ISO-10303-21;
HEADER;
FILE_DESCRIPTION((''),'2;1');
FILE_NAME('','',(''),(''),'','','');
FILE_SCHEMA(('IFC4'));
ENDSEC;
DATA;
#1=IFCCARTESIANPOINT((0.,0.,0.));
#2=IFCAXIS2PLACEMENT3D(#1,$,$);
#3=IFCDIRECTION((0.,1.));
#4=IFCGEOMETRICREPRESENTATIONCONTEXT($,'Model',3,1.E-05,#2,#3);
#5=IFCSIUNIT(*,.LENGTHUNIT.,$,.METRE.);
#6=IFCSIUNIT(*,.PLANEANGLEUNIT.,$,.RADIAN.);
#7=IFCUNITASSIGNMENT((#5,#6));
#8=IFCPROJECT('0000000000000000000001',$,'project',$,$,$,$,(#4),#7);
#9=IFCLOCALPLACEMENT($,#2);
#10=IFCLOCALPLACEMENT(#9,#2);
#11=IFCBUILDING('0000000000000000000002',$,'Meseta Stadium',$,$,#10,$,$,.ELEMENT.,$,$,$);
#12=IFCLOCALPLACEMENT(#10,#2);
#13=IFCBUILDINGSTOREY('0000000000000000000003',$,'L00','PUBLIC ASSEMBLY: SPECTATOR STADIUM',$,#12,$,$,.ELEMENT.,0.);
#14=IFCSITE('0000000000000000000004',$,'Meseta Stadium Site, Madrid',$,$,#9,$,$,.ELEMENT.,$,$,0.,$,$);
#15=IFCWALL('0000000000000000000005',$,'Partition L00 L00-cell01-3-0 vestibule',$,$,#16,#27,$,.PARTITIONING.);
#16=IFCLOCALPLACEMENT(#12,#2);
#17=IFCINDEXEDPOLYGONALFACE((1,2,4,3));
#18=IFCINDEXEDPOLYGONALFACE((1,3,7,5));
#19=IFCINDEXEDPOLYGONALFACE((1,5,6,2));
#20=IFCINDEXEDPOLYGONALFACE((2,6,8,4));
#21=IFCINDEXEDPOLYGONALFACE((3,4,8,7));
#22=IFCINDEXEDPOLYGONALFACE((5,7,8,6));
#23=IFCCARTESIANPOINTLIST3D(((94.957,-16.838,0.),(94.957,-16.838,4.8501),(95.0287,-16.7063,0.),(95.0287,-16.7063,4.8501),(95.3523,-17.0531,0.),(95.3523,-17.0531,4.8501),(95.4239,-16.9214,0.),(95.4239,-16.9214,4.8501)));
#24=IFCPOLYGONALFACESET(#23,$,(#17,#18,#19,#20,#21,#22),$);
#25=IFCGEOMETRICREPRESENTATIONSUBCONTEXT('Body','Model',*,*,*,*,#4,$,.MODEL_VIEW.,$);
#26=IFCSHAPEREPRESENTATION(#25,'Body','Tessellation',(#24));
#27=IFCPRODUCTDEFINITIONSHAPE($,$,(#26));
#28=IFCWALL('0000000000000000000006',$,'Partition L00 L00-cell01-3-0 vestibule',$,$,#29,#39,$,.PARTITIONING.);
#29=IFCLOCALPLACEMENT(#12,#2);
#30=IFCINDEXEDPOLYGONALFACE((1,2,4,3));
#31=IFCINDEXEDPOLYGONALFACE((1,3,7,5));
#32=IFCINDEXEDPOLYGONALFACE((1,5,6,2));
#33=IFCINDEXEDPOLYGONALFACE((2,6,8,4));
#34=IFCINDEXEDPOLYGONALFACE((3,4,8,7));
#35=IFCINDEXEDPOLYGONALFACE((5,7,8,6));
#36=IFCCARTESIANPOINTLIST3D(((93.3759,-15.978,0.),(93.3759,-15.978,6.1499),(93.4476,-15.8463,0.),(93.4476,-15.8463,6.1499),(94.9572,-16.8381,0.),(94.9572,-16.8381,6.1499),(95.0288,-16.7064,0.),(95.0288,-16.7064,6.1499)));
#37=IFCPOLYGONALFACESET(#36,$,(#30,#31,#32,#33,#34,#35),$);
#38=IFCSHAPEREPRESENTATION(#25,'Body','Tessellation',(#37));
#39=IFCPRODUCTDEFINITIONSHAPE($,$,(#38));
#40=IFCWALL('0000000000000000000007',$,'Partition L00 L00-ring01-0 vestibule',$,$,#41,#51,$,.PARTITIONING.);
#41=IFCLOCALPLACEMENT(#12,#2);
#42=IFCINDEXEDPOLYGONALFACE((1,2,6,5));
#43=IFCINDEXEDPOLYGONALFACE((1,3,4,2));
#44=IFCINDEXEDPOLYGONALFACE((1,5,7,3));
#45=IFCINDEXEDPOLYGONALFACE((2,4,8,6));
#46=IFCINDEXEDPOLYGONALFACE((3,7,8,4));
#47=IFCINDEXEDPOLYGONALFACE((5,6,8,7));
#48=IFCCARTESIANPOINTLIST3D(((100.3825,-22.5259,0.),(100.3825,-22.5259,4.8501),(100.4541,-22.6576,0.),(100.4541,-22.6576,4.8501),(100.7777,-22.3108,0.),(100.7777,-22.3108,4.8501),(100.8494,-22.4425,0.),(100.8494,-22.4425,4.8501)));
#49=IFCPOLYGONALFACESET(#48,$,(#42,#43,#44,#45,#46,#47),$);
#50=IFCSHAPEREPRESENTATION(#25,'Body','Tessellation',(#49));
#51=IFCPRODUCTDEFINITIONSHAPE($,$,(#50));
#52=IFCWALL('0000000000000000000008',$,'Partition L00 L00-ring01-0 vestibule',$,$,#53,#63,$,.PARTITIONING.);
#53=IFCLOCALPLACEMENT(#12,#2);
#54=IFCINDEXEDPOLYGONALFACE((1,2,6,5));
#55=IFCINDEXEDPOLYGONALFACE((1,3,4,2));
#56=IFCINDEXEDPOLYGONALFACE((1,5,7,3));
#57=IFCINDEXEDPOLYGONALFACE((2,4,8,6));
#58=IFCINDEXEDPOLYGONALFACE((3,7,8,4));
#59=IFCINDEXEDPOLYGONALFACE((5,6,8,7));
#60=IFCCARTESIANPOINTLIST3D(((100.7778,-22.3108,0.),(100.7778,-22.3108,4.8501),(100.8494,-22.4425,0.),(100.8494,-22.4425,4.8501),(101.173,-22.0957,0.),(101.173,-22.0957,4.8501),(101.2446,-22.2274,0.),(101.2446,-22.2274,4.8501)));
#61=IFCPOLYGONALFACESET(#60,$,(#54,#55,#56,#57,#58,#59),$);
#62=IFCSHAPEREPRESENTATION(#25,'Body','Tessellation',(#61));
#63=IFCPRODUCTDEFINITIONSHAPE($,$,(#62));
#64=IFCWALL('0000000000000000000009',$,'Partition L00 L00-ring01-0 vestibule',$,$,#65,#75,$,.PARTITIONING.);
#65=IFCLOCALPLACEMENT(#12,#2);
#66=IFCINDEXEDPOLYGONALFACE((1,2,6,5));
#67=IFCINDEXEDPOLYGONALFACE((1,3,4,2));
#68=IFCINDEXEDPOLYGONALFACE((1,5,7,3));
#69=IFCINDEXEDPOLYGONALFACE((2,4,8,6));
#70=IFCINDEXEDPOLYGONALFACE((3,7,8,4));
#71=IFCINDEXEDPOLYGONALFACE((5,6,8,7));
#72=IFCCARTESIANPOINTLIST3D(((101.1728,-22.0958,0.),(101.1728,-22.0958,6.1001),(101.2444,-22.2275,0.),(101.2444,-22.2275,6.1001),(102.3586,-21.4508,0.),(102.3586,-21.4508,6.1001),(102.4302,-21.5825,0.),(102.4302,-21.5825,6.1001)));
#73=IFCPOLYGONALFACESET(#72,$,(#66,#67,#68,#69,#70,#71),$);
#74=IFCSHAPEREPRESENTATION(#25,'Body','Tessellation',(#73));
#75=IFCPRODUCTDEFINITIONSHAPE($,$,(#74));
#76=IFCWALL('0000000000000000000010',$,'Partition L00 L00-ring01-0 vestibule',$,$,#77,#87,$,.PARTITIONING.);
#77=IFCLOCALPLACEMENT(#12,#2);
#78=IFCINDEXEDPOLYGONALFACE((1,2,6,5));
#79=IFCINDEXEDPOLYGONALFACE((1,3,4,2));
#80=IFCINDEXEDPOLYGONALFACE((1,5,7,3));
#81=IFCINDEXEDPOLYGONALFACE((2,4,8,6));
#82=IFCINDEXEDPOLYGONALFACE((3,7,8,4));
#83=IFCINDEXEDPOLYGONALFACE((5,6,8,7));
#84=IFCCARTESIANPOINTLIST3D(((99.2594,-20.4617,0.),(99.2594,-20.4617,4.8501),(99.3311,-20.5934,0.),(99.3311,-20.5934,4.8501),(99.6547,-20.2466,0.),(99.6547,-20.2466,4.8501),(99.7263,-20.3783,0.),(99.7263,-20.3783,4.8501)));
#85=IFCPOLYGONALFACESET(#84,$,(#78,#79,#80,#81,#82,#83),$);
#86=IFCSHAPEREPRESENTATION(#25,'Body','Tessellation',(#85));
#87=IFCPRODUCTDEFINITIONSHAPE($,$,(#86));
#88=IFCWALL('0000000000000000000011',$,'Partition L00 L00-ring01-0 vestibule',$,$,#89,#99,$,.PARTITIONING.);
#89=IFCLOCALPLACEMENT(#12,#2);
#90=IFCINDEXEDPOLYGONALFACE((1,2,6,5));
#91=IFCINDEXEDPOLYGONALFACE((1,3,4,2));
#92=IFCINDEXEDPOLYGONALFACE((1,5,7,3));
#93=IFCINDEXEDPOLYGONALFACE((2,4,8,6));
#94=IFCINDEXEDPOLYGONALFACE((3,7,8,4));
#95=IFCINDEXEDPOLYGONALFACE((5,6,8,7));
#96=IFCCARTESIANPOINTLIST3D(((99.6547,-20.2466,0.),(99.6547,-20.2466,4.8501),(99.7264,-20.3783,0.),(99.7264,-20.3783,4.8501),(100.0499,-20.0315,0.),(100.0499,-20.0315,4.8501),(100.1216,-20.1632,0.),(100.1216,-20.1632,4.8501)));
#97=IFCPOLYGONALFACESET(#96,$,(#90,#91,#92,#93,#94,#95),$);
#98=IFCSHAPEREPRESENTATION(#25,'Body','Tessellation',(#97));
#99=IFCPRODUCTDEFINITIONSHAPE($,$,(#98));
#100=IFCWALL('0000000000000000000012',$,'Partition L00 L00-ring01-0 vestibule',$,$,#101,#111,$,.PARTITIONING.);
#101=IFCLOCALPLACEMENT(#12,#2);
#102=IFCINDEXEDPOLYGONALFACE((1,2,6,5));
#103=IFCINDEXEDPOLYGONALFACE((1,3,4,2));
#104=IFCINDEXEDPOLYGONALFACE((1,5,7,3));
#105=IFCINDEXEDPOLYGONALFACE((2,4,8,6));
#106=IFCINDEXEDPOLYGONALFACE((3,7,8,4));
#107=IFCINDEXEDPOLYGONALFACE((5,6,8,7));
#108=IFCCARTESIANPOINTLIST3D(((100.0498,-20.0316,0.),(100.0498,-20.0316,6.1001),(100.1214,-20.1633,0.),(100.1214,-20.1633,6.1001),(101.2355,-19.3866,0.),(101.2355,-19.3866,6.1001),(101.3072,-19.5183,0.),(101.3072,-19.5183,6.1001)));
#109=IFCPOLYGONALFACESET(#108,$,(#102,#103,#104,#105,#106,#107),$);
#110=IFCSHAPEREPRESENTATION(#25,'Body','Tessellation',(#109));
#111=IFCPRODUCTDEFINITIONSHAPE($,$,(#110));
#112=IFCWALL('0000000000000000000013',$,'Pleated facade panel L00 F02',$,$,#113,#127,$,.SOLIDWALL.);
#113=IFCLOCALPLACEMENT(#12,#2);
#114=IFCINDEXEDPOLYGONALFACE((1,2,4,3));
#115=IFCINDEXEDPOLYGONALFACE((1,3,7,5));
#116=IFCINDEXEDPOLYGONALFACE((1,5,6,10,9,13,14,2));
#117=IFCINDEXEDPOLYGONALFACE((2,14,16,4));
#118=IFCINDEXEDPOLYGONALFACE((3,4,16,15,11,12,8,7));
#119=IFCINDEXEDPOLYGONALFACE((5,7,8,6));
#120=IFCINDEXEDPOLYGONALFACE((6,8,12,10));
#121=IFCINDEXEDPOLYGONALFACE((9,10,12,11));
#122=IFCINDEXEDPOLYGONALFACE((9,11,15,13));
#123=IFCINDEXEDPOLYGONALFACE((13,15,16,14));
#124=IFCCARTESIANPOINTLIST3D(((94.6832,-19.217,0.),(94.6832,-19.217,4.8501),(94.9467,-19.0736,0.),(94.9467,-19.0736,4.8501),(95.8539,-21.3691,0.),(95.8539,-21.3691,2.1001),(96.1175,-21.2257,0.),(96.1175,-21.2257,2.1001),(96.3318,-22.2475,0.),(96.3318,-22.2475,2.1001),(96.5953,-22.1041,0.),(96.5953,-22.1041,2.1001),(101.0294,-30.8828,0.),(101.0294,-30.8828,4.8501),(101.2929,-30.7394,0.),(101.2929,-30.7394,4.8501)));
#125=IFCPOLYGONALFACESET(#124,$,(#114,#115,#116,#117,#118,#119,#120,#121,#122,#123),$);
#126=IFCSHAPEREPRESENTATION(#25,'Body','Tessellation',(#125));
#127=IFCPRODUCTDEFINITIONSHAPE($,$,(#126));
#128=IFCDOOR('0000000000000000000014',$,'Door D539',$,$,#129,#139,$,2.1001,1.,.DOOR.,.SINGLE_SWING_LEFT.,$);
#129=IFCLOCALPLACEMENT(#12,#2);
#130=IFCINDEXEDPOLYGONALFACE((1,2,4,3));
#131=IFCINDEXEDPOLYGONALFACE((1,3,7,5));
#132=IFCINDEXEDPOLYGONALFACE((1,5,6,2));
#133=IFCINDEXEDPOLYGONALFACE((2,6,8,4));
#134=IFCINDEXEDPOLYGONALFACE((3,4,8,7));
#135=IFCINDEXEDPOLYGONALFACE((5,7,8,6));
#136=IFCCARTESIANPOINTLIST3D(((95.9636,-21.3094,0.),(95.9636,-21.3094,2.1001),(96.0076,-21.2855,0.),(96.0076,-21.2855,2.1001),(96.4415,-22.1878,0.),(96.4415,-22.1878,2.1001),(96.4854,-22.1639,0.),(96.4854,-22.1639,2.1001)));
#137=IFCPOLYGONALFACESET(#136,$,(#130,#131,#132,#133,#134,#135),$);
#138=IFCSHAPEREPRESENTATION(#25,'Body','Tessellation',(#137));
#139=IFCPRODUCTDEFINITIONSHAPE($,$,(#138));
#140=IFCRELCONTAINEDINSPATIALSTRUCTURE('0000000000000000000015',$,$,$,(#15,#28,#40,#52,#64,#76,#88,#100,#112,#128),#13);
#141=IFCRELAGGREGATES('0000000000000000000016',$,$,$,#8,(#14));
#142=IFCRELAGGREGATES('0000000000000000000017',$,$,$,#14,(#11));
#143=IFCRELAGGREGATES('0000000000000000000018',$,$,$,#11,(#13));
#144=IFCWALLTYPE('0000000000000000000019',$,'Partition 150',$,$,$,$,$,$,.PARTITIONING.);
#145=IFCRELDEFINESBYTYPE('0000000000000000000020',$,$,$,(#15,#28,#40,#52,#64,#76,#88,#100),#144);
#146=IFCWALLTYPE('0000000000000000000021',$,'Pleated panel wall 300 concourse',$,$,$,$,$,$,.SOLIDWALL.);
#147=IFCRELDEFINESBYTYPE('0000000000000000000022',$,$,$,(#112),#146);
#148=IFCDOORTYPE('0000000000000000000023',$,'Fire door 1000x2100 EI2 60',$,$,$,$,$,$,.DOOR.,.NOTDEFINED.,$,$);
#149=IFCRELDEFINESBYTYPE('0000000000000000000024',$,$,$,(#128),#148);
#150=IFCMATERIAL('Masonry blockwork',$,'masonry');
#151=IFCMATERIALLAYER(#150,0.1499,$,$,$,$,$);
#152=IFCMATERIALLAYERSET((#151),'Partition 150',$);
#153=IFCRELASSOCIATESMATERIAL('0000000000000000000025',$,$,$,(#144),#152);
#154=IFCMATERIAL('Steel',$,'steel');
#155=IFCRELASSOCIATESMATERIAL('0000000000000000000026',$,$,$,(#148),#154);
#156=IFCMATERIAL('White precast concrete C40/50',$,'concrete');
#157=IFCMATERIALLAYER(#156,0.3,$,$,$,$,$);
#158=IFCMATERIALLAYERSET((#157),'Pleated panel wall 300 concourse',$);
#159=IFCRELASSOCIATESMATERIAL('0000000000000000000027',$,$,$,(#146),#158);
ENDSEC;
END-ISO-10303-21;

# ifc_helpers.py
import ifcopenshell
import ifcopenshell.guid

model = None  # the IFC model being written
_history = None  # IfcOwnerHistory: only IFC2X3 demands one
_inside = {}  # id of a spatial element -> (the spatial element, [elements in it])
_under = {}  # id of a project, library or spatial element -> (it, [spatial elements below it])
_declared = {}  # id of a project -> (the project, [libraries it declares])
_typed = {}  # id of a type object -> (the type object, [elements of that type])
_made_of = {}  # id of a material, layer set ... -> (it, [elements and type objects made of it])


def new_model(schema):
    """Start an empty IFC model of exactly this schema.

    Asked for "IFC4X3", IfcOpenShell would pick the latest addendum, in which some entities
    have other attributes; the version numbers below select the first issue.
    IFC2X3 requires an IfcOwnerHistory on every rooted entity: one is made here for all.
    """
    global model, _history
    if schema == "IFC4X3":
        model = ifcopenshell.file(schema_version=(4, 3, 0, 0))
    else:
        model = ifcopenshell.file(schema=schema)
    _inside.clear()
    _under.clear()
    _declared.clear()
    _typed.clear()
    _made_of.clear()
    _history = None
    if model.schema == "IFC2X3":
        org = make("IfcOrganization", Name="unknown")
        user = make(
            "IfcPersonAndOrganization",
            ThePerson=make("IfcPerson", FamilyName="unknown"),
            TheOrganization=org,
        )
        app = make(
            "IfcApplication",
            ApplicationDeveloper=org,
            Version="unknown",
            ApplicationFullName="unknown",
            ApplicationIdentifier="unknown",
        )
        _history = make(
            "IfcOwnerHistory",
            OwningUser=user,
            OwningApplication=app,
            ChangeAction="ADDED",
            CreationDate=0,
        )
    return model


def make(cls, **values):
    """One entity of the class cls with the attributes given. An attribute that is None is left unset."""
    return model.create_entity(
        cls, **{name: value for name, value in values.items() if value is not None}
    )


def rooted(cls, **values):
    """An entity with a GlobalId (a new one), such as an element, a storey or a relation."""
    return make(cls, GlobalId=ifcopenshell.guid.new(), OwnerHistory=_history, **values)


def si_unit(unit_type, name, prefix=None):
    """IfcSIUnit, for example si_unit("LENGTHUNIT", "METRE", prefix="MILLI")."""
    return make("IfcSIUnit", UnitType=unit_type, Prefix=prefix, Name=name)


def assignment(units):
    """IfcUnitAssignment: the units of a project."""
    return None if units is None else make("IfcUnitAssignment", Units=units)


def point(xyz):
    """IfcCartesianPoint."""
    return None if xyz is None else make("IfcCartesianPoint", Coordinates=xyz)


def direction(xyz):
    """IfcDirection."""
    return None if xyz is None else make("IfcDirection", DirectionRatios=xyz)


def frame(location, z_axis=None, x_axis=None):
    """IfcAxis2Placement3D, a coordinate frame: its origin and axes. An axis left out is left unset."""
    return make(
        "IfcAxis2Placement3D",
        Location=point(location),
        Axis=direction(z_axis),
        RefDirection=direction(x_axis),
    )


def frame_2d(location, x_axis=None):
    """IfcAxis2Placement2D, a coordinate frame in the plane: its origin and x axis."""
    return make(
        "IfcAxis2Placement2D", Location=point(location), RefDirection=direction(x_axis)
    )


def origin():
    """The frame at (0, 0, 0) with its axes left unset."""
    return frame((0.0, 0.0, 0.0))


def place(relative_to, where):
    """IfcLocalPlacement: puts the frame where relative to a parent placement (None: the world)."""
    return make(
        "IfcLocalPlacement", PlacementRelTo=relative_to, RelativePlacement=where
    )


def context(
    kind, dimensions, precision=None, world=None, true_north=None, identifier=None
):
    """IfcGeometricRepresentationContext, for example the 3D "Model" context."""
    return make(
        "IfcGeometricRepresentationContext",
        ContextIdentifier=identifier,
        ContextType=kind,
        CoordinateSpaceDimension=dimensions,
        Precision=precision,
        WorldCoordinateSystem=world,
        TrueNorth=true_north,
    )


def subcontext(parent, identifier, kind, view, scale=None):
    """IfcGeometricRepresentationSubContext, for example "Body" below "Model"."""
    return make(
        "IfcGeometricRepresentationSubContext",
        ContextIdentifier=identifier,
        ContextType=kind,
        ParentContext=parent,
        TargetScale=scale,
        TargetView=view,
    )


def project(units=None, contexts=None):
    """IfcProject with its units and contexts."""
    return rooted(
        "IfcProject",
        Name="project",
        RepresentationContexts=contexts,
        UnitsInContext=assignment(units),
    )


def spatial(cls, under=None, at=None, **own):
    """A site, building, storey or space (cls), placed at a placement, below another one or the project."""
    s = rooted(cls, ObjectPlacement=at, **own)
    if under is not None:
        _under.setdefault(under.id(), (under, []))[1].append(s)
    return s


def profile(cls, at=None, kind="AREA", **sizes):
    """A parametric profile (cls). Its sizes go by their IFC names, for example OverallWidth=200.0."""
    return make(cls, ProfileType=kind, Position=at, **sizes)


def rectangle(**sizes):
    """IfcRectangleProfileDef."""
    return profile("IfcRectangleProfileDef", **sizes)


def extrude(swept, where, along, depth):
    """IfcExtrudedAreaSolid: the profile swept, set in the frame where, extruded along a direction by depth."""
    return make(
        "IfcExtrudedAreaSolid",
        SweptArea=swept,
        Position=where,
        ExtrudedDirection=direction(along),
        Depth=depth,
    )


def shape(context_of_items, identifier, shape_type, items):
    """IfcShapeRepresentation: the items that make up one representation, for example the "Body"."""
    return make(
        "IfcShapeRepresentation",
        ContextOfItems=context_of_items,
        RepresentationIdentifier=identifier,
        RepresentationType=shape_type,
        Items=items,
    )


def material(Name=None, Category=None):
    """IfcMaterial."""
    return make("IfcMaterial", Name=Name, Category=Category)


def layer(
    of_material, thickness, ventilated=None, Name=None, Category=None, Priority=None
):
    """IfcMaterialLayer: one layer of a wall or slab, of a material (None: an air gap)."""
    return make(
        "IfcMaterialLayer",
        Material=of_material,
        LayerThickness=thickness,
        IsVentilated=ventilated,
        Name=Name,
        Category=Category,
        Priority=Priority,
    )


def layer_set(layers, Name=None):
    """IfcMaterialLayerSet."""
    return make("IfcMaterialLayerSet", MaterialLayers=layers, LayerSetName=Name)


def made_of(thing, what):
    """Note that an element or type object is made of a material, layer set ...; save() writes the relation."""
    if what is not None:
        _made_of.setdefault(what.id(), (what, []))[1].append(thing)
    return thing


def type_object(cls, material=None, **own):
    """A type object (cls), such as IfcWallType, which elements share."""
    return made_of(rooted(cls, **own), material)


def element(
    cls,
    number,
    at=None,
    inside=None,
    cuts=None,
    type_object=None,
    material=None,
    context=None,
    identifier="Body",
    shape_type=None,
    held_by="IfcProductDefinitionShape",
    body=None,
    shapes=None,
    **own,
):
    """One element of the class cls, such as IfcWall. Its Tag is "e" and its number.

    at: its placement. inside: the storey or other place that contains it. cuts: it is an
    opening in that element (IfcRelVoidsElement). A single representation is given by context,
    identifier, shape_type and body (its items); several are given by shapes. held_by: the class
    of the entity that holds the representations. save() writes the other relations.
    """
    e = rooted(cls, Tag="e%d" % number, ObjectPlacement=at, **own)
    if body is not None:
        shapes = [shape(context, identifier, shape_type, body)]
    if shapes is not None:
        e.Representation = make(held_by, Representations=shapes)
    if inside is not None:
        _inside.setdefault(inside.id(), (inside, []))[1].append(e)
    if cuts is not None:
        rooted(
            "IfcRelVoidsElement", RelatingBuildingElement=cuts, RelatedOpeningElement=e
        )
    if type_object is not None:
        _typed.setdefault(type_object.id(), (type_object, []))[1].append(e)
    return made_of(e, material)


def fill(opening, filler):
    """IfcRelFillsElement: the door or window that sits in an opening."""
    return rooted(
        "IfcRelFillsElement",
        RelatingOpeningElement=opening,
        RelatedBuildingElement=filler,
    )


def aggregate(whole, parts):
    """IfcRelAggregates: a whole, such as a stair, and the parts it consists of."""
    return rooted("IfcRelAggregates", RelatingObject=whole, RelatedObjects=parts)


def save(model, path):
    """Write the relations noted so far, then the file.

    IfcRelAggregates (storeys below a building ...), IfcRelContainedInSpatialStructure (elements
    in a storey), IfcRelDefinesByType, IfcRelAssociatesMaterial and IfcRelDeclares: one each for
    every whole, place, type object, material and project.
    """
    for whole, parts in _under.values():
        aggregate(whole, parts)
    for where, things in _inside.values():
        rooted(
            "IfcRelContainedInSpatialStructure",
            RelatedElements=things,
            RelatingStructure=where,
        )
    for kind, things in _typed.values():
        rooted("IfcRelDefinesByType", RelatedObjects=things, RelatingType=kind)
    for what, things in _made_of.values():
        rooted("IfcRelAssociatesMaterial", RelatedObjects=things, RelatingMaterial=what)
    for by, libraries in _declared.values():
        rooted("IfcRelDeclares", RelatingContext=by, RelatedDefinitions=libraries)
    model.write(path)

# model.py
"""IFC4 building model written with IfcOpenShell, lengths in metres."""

from ifc_helpers import new_model, si_unit, direction, frame, frame_2d, origin, place, context, subcontext, project, spatial, rectangle, extrude, material, layer, layer_set, type_object, element, fill, save


model = new_model("IFC4")

# Units and contexts
model_context = context("Model", 3, precision=1e-05, world=origin(), true_north=direction((0.0, 1.0)))
body_context = subcontext(model_context, "Body", "Model", "MODEL_VIEW")
ifc_project = project(units=[si_unit("LENGTHUNIT", "METRE"), si_unit("PLANEANGLEUNIT", "RADIAN")], contexts=[model_context])

# Site, building, storey
site_placement = place(None, origin())
site = spatial("IfcSite", under=ifc_project, at=site_placement, Name="Meseta Stadium Site, Madrid", CompositionType="ELEMENT", RefElevation=0.0)
building_placement = place(site_placement, origin())
building = spatial("IfcBuilding", under=site, at=building_placement, Name="Meseta Stadium", CompositionType="ELEMENT")
storey_placement = place(building_placement, origin())
storey = spatial("IfcBuildingStorey", under=building, at=storey_placement, Name="L00", Description="PUBLIC ASSEMBLY: SPECTATOR STADIUM", CompositionType="ELEMENT", Elevation=0.0)

# Shared definitions
ifc_material_1 = material(Name="Masonry blockwork", Category="masonry")
ifc_layer_1 = layer(ifc_material_1, 0.1499)
ifc_layer_set_1 = layer_set([ifc_layer_1], Name="Partition 150")
wall_type_1 = type_object("IfcWallType", Name="Partition 150", PredefinedType="PARTITIONING", material=ifc_layer_set_1)

# Shared definitions
ifc_material_2 = material(Name="Steel", Category="steel")
door_type = type_object("IfcDoorType", Name="Fire door 1000x2100 EI2 60", OperationType="NOTDEFINED", PredefinedType="DOOR", material=ifc_material_2)

# Walls
wall_1_placement = place(storey_placement, frame((95.3882, -16.9873, 0.0), z_axis=(0.0, 0.0, 1.0), x_axis=(-0.878372, 0.477978, 0.0)))
element("IfcWall", 1, at=wall_1_placement, inside=storey, type_object=wall_type_1, Name="Partition L00 L00-cell01-3-0 vestibule", PredefinedType="PARTITIONING", context=body_context, shape_type="SweptSolid", body=[
    extrude(rectangle(XDim=0.45, YDim=0.1499, at=frame_2d((0.2251, 0.0))), origin(), (0.0, 0.0, 1.0), 4.8501),
])
wall_2_placement = place(storey_placement, frame((94.9929, -16.7722, 0.0), z_axis=(0.0, 0.0, 1.0), x_axis=(-0.87846, 0.477816, 0.0)))
element("IfcWall", 2, at=wall_2_placement, inside=storey, type_object=wall_type_1, Name="Partition L00 L00-cell01-3-0 vestibule", PredefinedType="PARTITIONING", context=body_context, shape_type="SweptSolid", body=[
    extrude(rectangle(XDim=1.8, YDim=0.1499, at=frame_2d((0.8999, 0.0))), origin(), (0.0, 0.0, 1.0), 6.1499),
])
for number, where, z_axis, x_axis, name in (
    (3, (100.4182, -22.5918, 0.0), (0.0, 0.0, 1.0), (0.878372, 0.477978, 0.0), "Partition L00 L00-ring01-0 vestibule"),
    (4, (100.8135, -22.3767, 0.0), (0.0, 0.0, 1.0), (0.878372, 0.477978, 0.0), "Partition L00 L00-ring01-0 vestibule"),
):
    element("IfcWall", number, at=place(storey_placement, frame(where, z_axis=z_axis, x_axis=x_axis)), inside=storey, type_object=wall_type_1, Name=name, PredefinedType="PARTITIONING", context=body_context, shape_type="SweptSolid", body=[
        extrude(rectangle(XDim=0.45, YDim=0.1499, at=frame_2d((0.2251, 0.0))), origin(), (0.0, 0.0, 1.0), 4.8501),
    ])
wall_3_placement = place(storey_placement, frame((101.2087, -22.1616, 0.0), z_axis=(0.0, 0.0, 1.0), x_axis=(0.878448, 0.477838, 0.0)))
element("IfcWall", 5, at=wall_3_placement, inside=storey, type_object=wall_type_1, Name="Partition L00 L00-ring01-0 vestibule", PredefinedType="PARTITIONING", context=body_context, shape_type="SweptSolid", body=[
    extrude(rectangle(XDim=1.3499, YDim=0.1499, at=frame_2d((0.6748, 0.0))), origin(), (0.0, 0.0, 1.0), 6.1001),
])
for number, where, z_axis, x_axis, name in (
    (6, (99.2952, -20.5276, 0.0), (0.0, 0.0, 1.0), (0.878372, 0.477978, 0.0), "Partition L00 L00-ring01-0 vestibule"),
    (7, (99.6904, -20.3125, 0.0), (0.0, 0.0, 1.0), (0.878372, 0.477978, 0.0), "Partition L00 L00-ring01-0 vestibule"),
):
    element("IfcWall", number, at=place(storey_placement, frame(where, z_axis=z_axis, x_axis=x_axis)), inside=storey, type_object=wall_type_1, Name=name, PredefinedType="PARTITIONING", context=body_context, shape_type="SweptSolid", body=[
        extrude(rectangle(XDim=0.45, YDim=0.1499, at=frame_2d((0.2251, 0.0))), origin(), (0.0, 0.0, 1.0), 4.8501),
    ])
wall_4_placement = place(storey_placement, frame((100.0857, -20.0974, 0.0), z_axis=(0.0, 0.0, 1.0), x_axis=(0.878448, 0.477838, 0.0)))
element("IfcWall", 8, at=wall_4_placement, inside=storey, type_object=wall_type_1, Name="Partition L00 L00-ring01-0 vestibule", PredefinedType="PARTITIONING", context=body_context, shape_type="SweptSolid", body=[
    extrude(rectangle(XDim=1.3499, YDim=0.1499, at=frame_2d((0.6748, 0.0))), origin(), (0.0, 0.0, 1.0), 6.1001),
])

# Wall, opening, door
ifc_material_3 = material(Name="White precast concrete C40/50", Category="concrete")
ifc_layer_2 = layer(ifc_material_3, 0.3)
ifc_layer_set_2 = layer_set([ifc_layer_2], Name="Pleated panel wall 300 concourse")
wall_type_2 = type_object("IfcWallType", Name="Pleated panel wall 300 concourse", PredefinedType="SOLIDWALL", material=ifc_layer_set_2)
wall_5_placement = place(storey_placement, frame((94.8149, -19.1453, 0.0), z_axis=(0.0, 0.0, 1.0), x_axis=(0.477868, -0.878432, 0.0)))
wall_5 = element("IfcWall", 9, at=wall_5_placement, inside=storey, type_object=wall_type_2, Name="Pleated facade panel L00 F02", PredefinedType="SOLIDWALL", context=body_context, shape_type="SweptSolid", body=[
    extrude(rectangle(XDim=13.2803, YDim=0.3, at=frame_2d((6.6401, 0.0))), origin(), (0.0, 0.0, 1.0), 4.8501),
])
opening_1_placement = place(wall_5_placement, frame((2.45, 0.0, 0.0)))
opening_1 = element("IfcOpeningElement", 10, at=opening_1_placement, cuts=wall_5, PredefinedType="OPENING", context=body_context, shape_type="SweptSolid", body=[
    extrude(rectangle(XDim=1.0, YDim=2.1001, at=frame_2d((0.5, 1.05))), frame((0.0, 0.1599, 0.0), z_axis=(0.0, -1.0, 0.0), x_axis=(1.0, 0.0, 0.0)), (0.0, 0.0, 1.0), 0.3201),
])
door_1_placement = place(opening_1_placement, origin())
door_1 = element("IfcDoor", 11, at=door_1_placement, inside=storey, type_object=door_type, Name="Door D539", OperationType="SINGLE_SWING_LEFT", OverallHeight=2.1001, OverallWidth=1.0, PredefinedType="DOOR", context=body_context, shape_type="SweptSolid", body=[
    extrude(rectangle(XDim=1.0, YDim=2.1001, at=frame_2d((0.5, 1.05))), frame((0.0, 0.0249, 0.0), z_axis=(0.0, -1.0, 0.0), x_axis=(1.0, 0.0, 0.0)), (0.0, 0.0, 1.0), 0.05),
])
fill(opening_1, door_1)

save(model, "model.ifc")
